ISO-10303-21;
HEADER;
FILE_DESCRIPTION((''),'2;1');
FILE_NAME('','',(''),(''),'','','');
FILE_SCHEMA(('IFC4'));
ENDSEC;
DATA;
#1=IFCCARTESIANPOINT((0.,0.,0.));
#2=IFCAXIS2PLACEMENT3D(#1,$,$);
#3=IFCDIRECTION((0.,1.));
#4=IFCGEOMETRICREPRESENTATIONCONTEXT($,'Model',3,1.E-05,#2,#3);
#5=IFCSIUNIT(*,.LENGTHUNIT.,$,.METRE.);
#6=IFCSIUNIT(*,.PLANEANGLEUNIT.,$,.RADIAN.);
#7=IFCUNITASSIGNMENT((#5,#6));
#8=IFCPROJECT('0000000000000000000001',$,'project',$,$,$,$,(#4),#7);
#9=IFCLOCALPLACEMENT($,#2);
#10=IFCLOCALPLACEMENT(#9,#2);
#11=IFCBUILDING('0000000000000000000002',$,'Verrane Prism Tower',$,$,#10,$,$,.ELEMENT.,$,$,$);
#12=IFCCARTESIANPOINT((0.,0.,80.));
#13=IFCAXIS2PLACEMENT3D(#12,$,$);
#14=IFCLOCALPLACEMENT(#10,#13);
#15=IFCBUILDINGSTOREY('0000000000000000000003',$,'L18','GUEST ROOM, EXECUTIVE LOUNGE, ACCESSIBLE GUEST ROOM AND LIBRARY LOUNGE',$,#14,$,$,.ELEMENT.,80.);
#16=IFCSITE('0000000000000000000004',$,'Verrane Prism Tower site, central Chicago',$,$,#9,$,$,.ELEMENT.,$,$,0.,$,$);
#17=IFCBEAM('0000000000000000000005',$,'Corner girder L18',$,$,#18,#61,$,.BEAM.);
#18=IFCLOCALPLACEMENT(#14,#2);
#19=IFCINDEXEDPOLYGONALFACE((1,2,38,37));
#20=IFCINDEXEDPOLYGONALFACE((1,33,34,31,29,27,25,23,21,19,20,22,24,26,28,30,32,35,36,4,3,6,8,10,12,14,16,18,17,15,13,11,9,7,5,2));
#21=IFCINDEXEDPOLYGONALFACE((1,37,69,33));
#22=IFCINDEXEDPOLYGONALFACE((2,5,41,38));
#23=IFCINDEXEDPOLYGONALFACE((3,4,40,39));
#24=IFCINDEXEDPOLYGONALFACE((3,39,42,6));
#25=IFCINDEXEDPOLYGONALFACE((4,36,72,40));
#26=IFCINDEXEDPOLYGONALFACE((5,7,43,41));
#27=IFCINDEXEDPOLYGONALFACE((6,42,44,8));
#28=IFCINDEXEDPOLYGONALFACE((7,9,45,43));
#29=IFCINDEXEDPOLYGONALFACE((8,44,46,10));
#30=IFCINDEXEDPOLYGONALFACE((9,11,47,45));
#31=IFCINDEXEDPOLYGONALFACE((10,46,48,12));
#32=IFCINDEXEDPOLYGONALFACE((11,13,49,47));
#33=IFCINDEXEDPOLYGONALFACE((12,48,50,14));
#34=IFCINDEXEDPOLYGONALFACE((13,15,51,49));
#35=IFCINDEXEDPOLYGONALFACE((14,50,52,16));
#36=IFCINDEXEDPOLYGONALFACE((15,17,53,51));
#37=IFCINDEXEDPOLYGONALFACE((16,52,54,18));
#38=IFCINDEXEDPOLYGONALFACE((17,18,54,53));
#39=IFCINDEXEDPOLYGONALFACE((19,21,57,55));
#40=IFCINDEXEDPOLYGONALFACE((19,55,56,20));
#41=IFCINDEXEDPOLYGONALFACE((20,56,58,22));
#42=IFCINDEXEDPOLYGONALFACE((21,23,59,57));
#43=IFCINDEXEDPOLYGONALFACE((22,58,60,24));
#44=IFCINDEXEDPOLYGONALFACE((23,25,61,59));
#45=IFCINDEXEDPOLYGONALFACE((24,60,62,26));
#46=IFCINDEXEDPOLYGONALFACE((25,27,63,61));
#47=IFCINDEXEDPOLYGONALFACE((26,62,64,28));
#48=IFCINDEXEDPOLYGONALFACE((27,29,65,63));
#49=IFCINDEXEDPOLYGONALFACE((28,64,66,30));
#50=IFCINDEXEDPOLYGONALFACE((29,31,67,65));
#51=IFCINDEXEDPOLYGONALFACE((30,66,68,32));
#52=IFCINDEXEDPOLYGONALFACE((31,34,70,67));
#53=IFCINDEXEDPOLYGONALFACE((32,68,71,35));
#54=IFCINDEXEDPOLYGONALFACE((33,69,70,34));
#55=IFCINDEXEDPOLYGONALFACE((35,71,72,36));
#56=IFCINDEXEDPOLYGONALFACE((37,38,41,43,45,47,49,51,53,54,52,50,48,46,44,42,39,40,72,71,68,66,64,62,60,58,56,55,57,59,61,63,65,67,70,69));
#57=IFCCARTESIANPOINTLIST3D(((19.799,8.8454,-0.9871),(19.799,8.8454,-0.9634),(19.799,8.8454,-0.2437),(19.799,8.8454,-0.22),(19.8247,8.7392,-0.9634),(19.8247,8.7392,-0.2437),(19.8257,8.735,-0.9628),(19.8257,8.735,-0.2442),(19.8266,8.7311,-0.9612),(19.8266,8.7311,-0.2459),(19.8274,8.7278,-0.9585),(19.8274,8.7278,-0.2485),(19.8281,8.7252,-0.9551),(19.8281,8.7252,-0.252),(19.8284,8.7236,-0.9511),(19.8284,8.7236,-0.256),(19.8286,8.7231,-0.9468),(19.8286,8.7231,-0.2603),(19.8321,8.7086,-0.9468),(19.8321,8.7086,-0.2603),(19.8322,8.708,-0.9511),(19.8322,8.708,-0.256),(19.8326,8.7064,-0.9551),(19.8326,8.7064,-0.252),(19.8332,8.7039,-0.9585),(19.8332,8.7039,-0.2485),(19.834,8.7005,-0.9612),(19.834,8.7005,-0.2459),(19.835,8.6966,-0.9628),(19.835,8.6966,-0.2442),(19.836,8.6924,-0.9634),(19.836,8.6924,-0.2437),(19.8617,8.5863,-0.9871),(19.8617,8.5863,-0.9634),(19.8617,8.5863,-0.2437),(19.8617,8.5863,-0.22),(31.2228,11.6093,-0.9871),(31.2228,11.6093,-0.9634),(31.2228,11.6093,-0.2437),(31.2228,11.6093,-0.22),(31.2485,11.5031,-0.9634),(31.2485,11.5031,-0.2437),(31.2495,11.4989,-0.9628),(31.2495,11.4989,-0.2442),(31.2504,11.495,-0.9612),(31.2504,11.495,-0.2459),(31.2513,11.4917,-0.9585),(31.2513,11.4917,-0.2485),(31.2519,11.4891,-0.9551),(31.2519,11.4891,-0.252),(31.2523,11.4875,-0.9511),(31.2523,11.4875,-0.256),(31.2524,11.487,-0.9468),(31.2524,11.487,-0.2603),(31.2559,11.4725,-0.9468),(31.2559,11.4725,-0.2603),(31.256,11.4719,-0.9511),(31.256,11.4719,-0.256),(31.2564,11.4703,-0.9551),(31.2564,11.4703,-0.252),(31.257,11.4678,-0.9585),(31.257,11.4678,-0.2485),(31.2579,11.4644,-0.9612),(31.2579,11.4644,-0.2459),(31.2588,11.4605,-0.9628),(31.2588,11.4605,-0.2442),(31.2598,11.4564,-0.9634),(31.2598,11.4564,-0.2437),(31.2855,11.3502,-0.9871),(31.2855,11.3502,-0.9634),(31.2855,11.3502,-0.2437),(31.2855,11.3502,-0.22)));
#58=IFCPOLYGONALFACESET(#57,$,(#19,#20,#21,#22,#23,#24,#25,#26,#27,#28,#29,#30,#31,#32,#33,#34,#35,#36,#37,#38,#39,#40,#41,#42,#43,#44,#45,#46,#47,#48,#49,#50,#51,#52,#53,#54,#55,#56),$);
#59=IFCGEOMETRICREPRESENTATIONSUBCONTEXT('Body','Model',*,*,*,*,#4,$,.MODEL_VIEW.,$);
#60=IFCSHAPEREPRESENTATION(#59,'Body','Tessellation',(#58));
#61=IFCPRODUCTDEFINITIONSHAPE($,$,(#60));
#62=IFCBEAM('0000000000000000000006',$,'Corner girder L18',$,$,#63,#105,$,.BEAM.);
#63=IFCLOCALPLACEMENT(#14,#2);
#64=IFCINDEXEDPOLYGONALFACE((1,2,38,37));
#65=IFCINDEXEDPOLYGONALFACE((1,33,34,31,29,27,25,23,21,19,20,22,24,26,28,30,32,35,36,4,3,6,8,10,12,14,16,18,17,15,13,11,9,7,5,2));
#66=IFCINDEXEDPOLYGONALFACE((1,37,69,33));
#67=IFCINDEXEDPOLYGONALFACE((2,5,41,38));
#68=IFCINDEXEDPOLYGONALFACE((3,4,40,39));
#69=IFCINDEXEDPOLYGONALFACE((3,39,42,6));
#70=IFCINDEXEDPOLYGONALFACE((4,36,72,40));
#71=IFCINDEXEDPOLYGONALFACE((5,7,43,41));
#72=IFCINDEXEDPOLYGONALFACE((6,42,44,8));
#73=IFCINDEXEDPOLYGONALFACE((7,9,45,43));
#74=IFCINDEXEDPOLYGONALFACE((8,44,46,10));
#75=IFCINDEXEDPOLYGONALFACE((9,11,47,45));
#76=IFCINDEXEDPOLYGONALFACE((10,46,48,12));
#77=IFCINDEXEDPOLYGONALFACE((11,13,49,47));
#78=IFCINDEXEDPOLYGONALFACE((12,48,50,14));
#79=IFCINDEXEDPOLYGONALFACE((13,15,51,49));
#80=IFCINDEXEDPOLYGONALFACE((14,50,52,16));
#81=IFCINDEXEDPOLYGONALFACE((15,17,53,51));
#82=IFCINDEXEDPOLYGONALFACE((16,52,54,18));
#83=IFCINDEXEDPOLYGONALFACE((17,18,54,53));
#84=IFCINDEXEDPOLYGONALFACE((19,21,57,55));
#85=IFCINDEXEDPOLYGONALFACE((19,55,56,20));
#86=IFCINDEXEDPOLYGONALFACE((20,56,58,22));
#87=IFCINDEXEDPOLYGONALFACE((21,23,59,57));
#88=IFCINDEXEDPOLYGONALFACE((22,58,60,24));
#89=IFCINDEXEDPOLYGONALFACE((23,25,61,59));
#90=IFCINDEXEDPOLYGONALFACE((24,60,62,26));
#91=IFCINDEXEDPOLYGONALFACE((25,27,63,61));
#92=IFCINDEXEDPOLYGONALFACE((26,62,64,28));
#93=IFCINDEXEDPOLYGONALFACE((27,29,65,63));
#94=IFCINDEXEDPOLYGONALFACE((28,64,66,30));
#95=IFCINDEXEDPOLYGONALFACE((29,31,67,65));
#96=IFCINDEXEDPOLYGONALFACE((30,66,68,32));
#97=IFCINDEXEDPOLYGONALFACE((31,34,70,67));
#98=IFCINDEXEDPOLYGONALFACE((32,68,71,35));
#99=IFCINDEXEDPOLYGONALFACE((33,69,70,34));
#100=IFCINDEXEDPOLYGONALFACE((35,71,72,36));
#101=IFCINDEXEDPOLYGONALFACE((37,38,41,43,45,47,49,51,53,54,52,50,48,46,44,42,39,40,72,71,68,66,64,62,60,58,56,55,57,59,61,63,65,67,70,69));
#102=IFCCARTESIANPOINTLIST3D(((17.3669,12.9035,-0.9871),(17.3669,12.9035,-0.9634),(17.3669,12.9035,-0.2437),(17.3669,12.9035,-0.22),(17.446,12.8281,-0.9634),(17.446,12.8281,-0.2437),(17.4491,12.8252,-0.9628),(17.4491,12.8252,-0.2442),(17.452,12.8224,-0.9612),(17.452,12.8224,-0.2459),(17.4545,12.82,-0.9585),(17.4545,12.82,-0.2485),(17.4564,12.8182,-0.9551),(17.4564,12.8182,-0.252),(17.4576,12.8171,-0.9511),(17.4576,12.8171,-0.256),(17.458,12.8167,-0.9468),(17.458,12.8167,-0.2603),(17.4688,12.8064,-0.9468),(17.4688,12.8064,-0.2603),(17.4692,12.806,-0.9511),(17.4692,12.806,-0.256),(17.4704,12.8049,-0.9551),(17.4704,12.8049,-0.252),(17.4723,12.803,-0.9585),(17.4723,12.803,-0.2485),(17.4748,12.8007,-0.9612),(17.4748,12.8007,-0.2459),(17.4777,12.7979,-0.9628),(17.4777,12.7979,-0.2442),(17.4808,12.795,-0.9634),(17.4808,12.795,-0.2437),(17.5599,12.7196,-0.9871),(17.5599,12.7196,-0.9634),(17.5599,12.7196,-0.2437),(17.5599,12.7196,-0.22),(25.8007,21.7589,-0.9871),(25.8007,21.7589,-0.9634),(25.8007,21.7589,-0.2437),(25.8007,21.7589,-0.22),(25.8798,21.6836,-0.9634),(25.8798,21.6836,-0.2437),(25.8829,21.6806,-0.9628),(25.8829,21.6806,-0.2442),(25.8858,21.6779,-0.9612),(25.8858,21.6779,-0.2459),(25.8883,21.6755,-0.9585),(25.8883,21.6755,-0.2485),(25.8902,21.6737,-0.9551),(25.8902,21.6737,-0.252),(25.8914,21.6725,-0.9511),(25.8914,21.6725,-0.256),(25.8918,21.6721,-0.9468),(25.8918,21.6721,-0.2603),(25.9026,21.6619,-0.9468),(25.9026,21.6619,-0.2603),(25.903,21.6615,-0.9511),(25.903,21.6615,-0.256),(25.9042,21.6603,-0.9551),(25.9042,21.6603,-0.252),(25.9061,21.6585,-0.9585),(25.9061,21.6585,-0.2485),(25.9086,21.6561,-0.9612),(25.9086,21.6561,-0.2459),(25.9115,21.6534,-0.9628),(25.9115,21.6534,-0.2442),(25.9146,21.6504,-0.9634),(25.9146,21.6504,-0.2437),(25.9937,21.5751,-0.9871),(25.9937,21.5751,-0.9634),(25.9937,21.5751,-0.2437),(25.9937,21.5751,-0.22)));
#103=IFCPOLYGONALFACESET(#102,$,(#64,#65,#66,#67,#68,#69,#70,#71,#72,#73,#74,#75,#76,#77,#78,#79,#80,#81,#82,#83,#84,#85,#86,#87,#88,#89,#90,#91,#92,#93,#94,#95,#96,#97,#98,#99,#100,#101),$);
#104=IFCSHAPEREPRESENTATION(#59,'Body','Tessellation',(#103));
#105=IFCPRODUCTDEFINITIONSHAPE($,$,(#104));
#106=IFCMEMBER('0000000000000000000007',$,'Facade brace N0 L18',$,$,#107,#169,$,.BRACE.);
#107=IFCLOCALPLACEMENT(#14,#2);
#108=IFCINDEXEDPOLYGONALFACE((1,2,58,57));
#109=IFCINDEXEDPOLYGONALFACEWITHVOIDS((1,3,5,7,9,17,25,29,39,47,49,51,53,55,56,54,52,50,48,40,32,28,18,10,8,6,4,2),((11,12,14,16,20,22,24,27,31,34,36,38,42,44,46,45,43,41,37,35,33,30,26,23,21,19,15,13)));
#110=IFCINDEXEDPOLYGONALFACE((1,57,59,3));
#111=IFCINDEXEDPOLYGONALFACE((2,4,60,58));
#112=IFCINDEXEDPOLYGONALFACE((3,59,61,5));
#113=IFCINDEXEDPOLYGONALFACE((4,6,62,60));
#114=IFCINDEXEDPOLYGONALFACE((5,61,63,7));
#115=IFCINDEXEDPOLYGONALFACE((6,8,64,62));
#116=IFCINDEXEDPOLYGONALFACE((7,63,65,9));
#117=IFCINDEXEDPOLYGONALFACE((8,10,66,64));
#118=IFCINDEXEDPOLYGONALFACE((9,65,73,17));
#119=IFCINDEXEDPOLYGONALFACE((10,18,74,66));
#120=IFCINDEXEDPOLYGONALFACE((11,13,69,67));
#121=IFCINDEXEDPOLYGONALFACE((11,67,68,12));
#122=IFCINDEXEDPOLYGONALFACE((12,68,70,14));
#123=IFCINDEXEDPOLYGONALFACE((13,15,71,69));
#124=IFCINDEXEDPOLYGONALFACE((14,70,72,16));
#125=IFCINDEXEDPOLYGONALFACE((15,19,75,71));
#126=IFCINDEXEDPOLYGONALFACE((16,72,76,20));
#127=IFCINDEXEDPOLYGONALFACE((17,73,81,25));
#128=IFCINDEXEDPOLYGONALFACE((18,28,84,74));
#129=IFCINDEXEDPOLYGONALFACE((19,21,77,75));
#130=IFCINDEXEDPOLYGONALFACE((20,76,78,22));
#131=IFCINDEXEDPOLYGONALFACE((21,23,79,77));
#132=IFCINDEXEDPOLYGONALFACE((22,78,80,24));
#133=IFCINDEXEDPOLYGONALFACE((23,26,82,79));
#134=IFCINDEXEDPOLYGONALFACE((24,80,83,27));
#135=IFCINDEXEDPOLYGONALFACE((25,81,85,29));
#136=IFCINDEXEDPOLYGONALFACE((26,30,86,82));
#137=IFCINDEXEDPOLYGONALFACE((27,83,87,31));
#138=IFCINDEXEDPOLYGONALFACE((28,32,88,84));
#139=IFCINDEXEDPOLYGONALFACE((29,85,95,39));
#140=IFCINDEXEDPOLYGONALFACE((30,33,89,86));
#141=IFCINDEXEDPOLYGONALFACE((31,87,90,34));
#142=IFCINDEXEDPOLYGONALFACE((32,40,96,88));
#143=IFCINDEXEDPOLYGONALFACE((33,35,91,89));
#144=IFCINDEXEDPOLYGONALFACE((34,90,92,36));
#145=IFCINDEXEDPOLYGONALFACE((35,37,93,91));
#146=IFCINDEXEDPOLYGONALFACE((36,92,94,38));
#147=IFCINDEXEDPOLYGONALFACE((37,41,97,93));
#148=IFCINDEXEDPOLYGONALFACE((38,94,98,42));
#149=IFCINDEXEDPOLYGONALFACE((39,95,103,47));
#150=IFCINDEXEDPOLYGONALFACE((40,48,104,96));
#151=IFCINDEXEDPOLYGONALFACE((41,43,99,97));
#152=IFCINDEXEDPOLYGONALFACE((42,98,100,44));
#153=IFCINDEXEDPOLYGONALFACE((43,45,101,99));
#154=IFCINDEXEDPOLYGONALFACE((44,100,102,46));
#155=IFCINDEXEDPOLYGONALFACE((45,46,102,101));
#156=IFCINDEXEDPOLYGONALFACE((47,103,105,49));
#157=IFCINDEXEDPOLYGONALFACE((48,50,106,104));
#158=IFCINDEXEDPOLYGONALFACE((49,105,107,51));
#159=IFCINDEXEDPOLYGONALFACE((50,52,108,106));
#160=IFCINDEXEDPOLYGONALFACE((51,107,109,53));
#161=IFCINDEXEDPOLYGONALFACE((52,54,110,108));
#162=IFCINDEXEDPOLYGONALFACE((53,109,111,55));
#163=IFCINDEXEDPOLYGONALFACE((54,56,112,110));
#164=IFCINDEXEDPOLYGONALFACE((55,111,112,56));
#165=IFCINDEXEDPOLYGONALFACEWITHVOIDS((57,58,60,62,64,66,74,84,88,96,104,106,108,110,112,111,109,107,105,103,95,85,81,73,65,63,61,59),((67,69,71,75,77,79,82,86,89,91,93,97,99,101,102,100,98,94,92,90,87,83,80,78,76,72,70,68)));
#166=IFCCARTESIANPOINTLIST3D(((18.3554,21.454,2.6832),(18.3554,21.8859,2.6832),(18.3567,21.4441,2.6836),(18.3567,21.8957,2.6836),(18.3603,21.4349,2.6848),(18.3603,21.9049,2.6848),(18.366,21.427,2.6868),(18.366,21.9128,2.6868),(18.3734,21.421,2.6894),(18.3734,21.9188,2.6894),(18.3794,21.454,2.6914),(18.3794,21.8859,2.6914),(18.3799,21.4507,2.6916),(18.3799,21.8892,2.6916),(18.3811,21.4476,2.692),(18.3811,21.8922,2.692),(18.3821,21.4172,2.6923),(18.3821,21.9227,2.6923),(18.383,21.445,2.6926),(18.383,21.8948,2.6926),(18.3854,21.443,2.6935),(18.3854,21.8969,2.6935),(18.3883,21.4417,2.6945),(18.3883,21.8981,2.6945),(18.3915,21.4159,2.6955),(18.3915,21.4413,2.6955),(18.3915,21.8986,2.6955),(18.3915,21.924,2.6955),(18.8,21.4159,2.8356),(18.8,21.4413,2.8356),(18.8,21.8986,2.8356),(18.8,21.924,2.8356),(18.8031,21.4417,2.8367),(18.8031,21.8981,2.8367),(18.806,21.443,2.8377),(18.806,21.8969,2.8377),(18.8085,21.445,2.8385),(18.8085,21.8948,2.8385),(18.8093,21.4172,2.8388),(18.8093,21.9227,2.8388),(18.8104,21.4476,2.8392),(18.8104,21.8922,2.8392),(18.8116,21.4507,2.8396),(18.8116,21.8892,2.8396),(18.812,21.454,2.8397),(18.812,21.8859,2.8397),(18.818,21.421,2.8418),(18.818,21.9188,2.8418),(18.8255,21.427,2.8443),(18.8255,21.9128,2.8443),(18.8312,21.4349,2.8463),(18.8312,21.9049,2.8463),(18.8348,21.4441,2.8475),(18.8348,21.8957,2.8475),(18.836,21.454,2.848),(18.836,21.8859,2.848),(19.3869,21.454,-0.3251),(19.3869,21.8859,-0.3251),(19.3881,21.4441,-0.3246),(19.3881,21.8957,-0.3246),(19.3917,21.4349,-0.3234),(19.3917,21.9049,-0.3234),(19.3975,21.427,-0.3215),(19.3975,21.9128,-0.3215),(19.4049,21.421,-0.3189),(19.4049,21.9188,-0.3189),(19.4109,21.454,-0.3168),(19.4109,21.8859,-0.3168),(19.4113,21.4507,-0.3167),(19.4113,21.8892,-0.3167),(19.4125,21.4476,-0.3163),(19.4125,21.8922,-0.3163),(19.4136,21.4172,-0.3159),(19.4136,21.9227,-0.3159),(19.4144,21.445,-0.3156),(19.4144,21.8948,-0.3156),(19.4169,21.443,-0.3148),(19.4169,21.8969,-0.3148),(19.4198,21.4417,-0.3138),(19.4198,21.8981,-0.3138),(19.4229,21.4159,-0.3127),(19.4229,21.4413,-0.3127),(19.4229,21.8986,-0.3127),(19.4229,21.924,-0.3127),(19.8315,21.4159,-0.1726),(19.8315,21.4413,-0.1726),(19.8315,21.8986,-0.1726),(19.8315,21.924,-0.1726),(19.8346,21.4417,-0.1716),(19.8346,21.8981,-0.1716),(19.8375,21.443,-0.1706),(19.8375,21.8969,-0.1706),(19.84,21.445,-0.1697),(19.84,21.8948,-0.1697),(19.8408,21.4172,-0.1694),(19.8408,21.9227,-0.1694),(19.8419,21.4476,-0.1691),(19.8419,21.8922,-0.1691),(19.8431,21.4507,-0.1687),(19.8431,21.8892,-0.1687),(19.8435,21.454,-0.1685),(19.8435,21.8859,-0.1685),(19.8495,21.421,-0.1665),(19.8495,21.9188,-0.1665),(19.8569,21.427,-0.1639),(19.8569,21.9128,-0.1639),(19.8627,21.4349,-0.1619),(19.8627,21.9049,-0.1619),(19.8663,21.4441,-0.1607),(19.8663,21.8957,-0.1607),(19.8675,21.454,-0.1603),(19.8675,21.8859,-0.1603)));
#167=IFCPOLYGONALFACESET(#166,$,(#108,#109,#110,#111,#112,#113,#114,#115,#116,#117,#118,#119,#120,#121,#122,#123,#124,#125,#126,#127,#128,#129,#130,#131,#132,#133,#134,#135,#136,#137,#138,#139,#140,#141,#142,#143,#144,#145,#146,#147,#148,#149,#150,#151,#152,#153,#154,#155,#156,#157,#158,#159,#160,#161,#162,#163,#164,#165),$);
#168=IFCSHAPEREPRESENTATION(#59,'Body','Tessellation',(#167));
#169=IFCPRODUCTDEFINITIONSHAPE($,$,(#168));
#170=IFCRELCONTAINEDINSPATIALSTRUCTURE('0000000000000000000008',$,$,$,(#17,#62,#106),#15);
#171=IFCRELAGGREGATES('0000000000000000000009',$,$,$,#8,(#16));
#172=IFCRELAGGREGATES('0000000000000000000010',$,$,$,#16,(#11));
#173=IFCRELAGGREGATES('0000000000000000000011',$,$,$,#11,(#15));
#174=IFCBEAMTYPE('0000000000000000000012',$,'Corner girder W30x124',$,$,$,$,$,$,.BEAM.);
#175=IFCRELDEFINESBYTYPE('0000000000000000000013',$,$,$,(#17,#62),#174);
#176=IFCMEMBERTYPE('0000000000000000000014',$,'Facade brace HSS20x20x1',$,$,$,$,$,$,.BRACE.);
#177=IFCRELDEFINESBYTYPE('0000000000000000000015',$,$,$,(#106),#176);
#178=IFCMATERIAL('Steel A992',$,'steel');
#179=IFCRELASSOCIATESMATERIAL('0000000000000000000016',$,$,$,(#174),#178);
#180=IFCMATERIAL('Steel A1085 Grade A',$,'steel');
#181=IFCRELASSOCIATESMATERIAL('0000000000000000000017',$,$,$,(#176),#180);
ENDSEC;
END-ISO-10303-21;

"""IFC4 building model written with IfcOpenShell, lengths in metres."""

from ifc_helpers import new_model, si_unit, direction, frame, origin, origin_2d, place, context, subcontext, project, spatial, hollow_rectangle, i_section, extrude, material, material_profile, profile_set, type_object, element, save


model = new_model("IFC4")

# Units and contexts
model_context = context("Model", 3, precision=1e-05, world=origin(), true_north=direction((0.0, 1.0)))
body_context = subcontext(model_context, "Body", "Model", "MODEL_VIEW")
ifc_project = project(units=[si_unit("LENGTHUNIT", "METRE"), si_unit("PLANEANGLEUNIT", "RADIAN")], contexts=[model_context])

# Site, building, storey
site_placement = place(None, origin())
site = spatial("IfcSite", under=ifc_project, at=site_placement, Name="Verrane Prism Tower site, central Chicago", CompositionType="ELEMENT", RefElevation=0.0)
building_placement = place(site_placement, origin())
building = spatial("IfcBuilding", under=site, at=building_placement, Name="Verrane Prism Tower", CompositionType="ELEMENT")
storey_placement = place(building_placement, frame((0.0, 0.0, 80.0)))
storey = spatial("IfcBuildingStorey", under=building, at=storey_placement, Name="L18", Description="GUEST ROOM, EXECUTIVE LOUNGE, ACCESSIBLE GUEST ROOM AND LIBRARY LOUNGE", CompositionType="ELEMENT", Elevation=80.0)

# Beams
ifc_material_1 = material(Name="Steel A992", Category="steel")
ifc_material_profile_1 = material_profile(ifc_material_1, i_section(OverallWidth=0.2666, OverallDepth=0.7671, WebThickness=0.0149, FlangeThickness=0.0237, FilletRadius=0.0166, at=origin_2d()), Name="W30x124")
ifc_profile_set_1 = profile_set([ifc_material_profile_1], Name="Steel A992")
beam_type_1 = type_object("IfcBeamType", Name="Corner girder W30x124", PredefinedType="BEAM", material=ifc_profile_set_1)
beam_1_placement = place(storey_placement, frame((31.2542, 11.4797, -0.6035), z_axis=(-0.971957, -0.235158, 0.0), x_axis=(0.235158, -0.971957, 0.0)))
element("IfcBeam", 1, at=beam_1_placement, inside=storey, type_object=beam_type_1, Name="Corner girder L18", PredefinedType="BEAM", context=body_context, shape_type="SweptSolid", body=[
    extrude(i_section(OverallWidth=0.2666, OverallDepth=0.7671, WebThickness=0.0149, FlangeThickness=0.0237, FilletRadius=0.0166, at=origin_2d()), origin(), (0.0, 0.0, 1.0), 11.7534),
])
beam_2_placement = place(storey_placement, frame((25.8972, 21.667, -0.6035), z_axis=(-0.689658, -0.724136, 0.0), x_axis=(0.724136, -0.689658, 0.0)))
element("IfcBeam", 2, at=beam_2_placement, inside=storey, type_object=beam_type_1, Name="Corner girder L18", PredefinedType="BEAM", context=body_context, shape_type="SweptSolid", body=[
    extrude(i_section(OverallWidth=0.2666, OverallDepth=0.7671, WebThickness=0.0149, FlangeThickness=0.0237, FilletRadius=0.0166, at=origin_2d()), origin(), (0.0, 0.0, 1.0), 12.229),
])

# Member
ifc_material_2 = material(Name="Steel A1085 Grade A", Category="steel")
ifc_material_profile_2 = material_profile(ifc_material_2, hollow_rectangle(XDim=0.5081, YDim=0.5081, WallThickness=0.0254, InnerFilletRadius=0.0127, OuterFilletRadius=0.0381, at=origin_2d()), Name="HSS20x20x1")
ifc_profile_set_2 = profile_set([ifc_material_profile_2], Name="Steel A1085 Grade A")
member_type_1 = type_object("IfcMemberType", Name="Facade brace HSS20x20x1", PredefinedType="BRACE", material=ifc_profile_set_2)
member_1_placement = place(storey_placement, frame((19.6272, 21.6699, -0.2427), z_axis=(-0.324346, 0.0, 0.945939), x_axis=(0.0, -1.0, 0.0)))
element("IfcMember", 3, at=member_1_placement, inside=storey, type_object=member_type_1, Name="Facade brace N0 L18", PredefinedType="BRACE", context=body_context, shape_type="SweptSolid", body=[
    extrude(hollow_rectangle(XDim=0.5081, YDim=0.5081, WallThickness=0.0254, InnerFilletRadius=0.0127, OuterFilletRadius=0.0381, at=origin_2d()), origin(), (0.0, 0.0, 1.0), 3.1802),
])

save(model, "model.ifc")
